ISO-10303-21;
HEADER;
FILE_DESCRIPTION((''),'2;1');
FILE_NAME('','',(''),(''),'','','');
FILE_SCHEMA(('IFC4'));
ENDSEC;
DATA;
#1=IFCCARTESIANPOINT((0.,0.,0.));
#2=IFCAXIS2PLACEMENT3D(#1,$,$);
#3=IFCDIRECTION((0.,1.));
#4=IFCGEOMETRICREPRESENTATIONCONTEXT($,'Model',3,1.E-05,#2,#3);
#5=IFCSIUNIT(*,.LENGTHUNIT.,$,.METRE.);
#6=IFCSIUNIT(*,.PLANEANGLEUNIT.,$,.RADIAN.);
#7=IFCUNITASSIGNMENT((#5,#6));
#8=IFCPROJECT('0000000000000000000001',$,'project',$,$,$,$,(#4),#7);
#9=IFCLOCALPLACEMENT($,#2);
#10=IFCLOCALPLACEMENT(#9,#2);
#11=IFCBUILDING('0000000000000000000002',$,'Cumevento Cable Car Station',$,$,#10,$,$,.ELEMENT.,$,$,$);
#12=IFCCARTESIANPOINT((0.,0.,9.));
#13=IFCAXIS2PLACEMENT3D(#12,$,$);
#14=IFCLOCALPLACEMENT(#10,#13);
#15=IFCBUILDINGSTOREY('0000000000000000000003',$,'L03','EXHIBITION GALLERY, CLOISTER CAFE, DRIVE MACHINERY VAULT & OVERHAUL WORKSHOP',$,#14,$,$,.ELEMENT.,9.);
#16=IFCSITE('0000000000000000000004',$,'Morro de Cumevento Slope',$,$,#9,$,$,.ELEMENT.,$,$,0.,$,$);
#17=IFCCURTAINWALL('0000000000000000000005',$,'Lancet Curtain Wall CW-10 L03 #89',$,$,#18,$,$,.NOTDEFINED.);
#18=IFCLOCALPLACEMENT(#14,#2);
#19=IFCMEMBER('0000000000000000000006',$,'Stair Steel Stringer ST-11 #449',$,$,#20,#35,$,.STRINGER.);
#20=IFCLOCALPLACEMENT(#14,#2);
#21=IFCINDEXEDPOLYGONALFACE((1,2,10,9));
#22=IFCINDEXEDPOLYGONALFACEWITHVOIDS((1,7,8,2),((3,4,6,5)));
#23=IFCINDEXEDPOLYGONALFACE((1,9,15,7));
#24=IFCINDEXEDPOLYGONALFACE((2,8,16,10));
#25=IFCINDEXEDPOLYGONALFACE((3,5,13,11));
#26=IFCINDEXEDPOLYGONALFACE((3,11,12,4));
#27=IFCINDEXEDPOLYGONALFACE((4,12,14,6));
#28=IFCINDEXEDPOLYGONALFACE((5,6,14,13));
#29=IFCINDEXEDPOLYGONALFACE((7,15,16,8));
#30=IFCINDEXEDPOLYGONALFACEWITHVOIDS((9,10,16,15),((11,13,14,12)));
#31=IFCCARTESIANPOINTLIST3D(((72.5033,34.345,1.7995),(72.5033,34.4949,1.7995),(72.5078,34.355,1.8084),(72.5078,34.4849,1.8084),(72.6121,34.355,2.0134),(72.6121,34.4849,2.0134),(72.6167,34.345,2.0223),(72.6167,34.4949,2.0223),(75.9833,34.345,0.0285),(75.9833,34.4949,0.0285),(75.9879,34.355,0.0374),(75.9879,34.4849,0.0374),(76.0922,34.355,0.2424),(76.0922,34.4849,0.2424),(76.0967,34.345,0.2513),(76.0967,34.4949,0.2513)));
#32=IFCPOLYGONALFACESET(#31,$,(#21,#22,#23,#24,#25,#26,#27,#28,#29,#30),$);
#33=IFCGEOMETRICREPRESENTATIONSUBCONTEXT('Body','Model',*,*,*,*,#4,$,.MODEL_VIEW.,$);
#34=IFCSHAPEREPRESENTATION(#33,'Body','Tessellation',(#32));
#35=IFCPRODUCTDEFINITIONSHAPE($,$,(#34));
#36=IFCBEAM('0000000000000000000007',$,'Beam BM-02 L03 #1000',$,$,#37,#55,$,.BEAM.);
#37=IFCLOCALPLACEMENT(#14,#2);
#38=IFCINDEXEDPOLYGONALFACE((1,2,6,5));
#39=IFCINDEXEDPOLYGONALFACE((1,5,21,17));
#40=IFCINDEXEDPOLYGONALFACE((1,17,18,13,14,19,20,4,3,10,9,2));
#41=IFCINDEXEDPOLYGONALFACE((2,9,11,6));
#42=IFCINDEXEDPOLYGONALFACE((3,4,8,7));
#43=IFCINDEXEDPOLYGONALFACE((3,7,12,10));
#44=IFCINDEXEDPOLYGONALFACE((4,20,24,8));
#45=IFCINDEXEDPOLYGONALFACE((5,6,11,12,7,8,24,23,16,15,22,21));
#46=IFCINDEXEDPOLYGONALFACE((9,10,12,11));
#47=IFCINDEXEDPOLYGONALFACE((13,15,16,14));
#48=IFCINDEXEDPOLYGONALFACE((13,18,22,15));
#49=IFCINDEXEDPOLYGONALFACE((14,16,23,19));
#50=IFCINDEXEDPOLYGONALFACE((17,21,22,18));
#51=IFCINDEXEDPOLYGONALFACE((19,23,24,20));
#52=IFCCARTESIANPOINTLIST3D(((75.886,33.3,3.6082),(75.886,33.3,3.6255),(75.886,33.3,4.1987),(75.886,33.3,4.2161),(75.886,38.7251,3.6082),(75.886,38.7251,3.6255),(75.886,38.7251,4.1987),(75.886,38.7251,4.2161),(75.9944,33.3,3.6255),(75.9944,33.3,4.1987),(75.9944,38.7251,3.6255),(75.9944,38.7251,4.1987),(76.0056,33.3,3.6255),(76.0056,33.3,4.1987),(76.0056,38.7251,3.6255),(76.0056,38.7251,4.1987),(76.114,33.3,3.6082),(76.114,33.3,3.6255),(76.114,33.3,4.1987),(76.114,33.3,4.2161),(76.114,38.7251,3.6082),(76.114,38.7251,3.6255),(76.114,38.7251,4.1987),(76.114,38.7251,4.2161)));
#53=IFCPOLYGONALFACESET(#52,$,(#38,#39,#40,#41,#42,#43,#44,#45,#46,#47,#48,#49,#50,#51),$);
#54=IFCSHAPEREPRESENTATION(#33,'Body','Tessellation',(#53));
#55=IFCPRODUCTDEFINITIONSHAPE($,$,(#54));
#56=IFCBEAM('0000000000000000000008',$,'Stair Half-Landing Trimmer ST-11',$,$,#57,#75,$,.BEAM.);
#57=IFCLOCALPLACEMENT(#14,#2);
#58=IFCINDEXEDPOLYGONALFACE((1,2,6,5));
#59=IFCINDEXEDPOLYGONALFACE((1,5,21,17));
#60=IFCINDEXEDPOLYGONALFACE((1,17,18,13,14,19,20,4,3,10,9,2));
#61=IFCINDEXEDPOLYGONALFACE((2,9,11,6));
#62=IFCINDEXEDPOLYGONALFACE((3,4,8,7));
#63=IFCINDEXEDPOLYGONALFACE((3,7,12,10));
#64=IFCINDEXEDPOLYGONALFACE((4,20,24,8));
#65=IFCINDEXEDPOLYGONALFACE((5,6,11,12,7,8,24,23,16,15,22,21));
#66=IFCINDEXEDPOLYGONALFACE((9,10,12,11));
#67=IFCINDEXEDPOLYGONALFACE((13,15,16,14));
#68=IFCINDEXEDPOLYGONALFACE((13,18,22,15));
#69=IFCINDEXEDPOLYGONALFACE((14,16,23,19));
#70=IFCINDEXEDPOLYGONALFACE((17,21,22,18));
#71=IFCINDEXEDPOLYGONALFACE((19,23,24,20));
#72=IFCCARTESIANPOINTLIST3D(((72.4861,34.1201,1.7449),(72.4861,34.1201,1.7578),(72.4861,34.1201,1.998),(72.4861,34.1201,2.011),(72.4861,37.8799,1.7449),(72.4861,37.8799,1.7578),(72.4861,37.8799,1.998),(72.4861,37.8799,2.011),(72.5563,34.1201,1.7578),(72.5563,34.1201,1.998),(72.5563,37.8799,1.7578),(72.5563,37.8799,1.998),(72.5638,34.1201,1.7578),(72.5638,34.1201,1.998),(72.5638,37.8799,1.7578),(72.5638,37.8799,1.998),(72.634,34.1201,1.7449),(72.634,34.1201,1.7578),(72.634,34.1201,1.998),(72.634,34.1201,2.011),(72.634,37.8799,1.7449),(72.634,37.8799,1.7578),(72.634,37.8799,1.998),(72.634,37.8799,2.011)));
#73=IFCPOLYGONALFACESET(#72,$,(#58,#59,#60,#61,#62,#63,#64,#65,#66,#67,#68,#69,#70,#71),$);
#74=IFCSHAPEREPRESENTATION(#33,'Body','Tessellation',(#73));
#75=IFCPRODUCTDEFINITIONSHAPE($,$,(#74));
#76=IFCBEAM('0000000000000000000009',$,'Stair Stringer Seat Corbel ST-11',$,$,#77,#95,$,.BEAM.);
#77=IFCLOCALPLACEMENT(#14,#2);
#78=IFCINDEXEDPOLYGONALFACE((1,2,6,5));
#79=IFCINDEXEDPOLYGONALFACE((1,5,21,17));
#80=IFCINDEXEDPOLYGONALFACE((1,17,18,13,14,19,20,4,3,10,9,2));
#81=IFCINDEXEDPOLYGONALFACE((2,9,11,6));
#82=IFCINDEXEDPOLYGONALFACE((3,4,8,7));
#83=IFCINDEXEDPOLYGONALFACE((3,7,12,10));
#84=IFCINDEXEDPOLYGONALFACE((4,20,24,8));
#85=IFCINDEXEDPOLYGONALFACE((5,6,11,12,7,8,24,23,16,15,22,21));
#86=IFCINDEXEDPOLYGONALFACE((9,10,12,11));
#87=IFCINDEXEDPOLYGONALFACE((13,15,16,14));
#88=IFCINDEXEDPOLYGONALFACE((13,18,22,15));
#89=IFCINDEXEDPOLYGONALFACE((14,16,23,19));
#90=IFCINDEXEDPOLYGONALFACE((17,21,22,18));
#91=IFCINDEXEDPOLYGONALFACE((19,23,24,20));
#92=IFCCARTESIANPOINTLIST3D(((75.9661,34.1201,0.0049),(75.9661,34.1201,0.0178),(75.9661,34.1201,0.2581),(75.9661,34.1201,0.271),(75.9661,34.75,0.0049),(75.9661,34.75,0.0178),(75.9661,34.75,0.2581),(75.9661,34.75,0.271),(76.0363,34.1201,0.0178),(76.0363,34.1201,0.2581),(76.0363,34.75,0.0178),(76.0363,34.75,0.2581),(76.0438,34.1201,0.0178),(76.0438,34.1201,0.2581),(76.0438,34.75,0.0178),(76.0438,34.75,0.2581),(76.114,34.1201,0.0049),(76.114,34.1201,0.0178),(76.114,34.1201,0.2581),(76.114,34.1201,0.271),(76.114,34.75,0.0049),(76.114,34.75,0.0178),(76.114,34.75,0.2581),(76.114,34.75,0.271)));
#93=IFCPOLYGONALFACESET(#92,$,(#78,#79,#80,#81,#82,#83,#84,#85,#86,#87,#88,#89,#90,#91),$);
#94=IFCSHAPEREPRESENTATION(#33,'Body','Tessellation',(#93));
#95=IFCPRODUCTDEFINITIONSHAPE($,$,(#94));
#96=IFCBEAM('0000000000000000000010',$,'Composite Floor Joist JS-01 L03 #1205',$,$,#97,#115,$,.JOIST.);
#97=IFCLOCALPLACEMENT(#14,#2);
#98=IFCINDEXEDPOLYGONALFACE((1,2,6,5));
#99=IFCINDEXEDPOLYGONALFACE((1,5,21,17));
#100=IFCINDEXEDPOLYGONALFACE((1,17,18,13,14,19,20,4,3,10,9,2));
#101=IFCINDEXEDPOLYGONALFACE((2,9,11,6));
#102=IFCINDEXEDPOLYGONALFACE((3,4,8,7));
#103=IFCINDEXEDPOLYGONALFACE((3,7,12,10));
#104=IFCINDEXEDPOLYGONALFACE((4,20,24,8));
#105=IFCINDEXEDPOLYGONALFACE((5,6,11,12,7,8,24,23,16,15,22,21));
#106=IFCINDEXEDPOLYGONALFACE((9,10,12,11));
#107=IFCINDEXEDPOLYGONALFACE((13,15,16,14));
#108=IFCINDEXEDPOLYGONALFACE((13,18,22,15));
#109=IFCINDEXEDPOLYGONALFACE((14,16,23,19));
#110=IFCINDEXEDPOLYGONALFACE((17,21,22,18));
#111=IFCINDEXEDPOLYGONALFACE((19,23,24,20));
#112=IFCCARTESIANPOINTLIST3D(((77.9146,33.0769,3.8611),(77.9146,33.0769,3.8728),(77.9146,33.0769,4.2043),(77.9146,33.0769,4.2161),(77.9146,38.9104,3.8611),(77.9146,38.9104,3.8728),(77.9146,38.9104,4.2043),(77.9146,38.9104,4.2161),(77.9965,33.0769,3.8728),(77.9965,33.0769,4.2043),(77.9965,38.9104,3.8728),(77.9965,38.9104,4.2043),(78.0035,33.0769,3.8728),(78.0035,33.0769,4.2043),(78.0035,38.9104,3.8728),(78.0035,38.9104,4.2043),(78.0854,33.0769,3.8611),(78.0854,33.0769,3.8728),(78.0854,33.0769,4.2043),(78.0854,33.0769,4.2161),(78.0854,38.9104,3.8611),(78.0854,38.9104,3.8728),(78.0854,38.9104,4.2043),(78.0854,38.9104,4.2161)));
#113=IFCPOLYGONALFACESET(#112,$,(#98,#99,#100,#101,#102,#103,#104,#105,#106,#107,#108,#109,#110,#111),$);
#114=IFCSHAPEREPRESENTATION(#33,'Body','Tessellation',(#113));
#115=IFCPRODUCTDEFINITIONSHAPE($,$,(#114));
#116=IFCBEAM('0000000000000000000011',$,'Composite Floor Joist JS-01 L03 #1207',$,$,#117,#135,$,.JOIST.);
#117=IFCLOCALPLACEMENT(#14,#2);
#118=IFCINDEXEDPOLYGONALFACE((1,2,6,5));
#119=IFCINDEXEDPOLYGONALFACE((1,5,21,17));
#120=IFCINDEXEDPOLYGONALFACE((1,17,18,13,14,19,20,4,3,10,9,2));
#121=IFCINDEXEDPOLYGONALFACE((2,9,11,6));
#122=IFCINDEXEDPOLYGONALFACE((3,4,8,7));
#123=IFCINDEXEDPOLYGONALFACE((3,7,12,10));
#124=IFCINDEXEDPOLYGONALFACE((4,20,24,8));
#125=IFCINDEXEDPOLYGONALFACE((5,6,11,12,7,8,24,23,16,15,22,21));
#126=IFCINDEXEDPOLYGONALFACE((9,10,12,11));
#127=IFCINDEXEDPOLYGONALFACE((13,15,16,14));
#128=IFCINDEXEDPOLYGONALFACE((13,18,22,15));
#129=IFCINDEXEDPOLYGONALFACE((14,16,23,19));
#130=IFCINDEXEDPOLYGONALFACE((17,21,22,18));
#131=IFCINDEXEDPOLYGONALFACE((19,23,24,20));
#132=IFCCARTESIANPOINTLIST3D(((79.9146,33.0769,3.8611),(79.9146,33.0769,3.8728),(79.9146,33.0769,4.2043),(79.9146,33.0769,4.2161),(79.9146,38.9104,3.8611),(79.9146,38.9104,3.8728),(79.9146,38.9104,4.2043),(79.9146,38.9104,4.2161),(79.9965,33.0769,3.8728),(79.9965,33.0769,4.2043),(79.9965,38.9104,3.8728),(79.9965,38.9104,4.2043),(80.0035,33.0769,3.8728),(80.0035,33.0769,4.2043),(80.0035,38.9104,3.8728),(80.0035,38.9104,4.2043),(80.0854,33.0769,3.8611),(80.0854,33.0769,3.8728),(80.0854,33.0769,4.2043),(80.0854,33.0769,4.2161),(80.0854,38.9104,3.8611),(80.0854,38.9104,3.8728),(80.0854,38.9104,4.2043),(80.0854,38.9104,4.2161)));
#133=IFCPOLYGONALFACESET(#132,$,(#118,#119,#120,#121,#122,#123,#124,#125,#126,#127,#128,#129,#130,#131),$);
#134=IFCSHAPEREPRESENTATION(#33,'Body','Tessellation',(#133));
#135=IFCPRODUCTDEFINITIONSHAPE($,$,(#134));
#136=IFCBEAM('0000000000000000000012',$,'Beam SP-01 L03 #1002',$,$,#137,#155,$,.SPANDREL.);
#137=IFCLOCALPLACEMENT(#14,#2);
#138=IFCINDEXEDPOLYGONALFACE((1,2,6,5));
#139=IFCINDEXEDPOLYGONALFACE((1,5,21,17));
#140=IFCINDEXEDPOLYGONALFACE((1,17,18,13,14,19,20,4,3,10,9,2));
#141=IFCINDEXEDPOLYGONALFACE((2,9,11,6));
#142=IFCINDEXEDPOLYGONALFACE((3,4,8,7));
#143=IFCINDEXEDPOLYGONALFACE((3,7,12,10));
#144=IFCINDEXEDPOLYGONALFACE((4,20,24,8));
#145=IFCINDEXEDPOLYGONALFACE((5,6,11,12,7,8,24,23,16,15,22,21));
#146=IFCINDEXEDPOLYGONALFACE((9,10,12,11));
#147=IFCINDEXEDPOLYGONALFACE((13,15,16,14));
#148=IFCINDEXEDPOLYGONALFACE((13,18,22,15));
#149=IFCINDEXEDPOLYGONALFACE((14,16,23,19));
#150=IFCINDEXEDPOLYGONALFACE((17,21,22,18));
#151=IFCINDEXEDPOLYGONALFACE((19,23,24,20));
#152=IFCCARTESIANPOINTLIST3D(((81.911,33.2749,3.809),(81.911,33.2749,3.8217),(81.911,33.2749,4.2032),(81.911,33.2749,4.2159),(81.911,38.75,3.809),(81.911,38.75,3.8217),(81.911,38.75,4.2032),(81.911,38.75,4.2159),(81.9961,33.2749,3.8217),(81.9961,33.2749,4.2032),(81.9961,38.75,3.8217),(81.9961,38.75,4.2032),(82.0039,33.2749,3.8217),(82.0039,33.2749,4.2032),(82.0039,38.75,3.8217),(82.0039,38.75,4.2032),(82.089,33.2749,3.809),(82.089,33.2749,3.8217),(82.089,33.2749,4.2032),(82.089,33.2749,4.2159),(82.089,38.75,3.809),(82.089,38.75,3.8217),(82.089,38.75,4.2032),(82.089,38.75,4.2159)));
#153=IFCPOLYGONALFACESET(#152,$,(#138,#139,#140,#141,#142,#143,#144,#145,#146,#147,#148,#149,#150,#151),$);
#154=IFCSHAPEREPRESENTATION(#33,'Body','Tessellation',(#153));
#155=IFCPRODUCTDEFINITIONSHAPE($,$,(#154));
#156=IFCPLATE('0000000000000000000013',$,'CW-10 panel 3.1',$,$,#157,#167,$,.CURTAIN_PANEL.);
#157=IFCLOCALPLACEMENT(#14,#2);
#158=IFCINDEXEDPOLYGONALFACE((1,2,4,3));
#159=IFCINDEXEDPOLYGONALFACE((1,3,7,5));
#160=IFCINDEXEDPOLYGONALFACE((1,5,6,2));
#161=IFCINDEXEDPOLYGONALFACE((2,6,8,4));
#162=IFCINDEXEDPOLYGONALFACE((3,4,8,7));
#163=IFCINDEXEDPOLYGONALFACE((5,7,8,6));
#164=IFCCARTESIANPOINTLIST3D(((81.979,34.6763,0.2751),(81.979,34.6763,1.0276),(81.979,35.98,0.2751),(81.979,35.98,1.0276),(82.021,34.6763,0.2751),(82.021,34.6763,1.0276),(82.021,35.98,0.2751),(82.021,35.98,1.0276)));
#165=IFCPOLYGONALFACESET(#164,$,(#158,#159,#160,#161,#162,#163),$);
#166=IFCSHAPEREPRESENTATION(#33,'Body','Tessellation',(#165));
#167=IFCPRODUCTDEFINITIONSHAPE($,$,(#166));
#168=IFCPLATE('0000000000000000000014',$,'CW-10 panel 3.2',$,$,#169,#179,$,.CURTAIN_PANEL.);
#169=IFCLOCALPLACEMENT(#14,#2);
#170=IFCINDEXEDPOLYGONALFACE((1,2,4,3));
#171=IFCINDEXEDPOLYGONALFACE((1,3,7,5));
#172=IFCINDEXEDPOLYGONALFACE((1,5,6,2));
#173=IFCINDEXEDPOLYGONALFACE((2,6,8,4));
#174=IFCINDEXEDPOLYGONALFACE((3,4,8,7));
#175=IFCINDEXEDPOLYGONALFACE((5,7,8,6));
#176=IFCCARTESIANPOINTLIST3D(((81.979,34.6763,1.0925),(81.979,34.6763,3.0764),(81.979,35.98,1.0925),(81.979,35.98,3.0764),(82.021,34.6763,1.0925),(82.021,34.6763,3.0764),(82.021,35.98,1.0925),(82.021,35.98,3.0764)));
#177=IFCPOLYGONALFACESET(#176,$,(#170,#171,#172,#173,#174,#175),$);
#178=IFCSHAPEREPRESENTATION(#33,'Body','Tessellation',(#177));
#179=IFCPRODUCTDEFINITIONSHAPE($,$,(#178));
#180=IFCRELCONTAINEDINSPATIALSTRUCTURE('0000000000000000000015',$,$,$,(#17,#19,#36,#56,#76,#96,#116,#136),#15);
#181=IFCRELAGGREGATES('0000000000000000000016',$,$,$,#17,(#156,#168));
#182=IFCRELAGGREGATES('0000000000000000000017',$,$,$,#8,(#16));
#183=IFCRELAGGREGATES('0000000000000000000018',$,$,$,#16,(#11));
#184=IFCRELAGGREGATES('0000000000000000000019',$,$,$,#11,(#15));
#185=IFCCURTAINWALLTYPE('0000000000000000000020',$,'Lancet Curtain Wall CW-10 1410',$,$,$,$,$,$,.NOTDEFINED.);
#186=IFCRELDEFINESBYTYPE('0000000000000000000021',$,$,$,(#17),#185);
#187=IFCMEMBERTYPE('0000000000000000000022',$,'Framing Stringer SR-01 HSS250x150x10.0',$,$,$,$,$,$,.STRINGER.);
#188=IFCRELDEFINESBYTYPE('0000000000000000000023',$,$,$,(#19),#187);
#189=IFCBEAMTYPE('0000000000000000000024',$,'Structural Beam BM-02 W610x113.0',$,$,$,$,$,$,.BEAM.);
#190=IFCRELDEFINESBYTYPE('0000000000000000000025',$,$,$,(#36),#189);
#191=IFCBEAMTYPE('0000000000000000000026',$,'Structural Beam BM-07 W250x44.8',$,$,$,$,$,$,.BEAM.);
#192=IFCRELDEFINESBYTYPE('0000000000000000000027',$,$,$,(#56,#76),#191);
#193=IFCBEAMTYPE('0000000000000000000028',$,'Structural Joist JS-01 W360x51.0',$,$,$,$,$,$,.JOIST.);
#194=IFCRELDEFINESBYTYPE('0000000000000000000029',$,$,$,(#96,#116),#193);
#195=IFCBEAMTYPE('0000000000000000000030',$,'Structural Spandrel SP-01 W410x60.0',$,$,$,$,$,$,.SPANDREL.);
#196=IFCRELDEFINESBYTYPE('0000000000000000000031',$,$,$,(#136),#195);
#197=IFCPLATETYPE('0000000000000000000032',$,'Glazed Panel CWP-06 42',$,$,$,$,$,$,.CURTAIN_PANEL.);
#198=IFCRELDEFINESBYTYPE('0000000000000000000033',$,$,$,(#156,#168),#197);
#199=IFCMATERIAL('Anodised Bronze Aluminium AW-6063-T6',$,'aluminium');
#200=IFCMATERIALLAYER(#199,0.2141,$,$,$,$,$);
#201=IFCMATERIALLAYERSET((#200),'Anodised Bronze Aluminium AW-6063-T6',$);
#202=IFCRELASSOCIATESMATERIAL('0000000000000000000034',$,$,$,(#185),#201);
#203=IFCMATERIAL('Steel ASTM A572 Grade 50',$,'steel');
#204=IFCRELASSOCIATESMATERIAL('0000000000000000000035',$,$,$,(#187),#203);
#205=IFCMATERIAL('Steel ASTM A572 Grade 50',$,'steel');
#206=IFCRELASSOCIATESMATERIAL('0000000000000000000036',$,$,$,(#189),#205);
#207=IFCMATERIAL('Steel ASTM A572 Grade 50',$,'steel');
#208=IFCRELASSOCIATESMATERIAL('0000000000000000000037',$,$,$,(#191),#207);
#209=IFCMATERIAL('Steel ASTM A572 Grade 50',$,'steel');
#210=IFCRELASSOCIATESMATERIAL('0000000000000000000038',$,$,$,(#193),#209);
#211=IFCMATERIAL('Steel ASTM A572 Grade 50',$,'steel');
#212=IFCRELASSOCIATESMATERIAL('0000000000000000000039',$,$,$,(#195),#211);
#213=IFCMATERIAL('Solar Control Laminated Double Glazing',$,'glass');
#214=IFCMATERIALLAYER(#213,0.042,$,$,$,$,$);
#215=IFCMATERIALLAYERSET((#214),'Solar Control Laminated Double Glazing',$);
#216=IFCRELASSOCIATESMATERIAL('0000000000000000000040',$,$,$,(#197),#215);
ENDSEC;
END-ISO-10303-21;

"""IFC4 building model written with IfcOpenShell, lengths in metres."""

from ifc_helpers import new_model, si_unit, direction, frame, origin, origin_2d, place, context, subcontext, project, spatial, rectangle, hollow_rectangle, i_section, extrude, material, layer, layer_set, material_profile, profile_set, type_object, element, aggregate, save


model = new_model("IFC4")

# Units and contexts
model_context = context("Model", 3, precision=1e-05, world=origin(), true_north=direction((0.0, 1.0)))
body_context = subcontext(model_context, "Body", "Model", "MODEL_VIEW")
ifc_project = project(units=[si_unit("LENGTHUNIT", "METRE"), si_unit("PLANEANGLEUNIT", "RADIAN")], contexts=[model_context])

# Site, building, storey
site_placement = place(None, origin())
site = spatial("IfcSite", under=ifc_project, at=site_placement, Name="Morro de Cumevento Slope", CompositionType="ELEMENT", RefElevation=0.0)
building_placement = place(site_placement, origin())
building = spatial("IfcBuilding", under=site, at=building_placement, Name="Cumevento Cable Car Station", CompositionType="ELEMENT")
storey_placement = place(building_placement, frame((0.0, 0.0, 9.0)))
storey = spatial("IfcBuildingStorey", under=building, at=storey_placement, Name="L03", Description="EXHIBITION GALLERY, CLOISTER CAFE, DRIVE MACHINERY VAULT & OVERHAUL WORKSHOP", CompositionType="ELEMENT", Elevation=9.0)

# Curtain wall
ifc_material_1 = material(Name="Anodised Bronze Aluminium AW-6063-T6", Category="aluminium")
ifc_layer_1 = layer(ifc_material_1, 0.2141)
ifc_layer_set_1 = layer_set([ifc_layer_1], Name="Anodised Bronze Aluminium AW-6063-T6")
curtain_wall_type = type_object("IfcCurtainWallType", Name="Lancet Curtain Wall CW-10 1410", PredefinedType="NOTDEFINED", material=ifc_layer_set_1)
curtain_wall_placement = place(storey_placement, origin())
curtain_wall = element("IfcCurtainWall", 1, at=curtain_wall_placement, inside=storey, type_object=curtain_wall_type, Name="Lancet Curtain Wall CW-10 L03 #89", PredefinedType="NOTDEFINED")

# Member
ifc_material_2 = material(Name="Steel ASTM A572 Grade 50", Category="steel")
ifc_material_profile_1 = material_profile(ifc_material_2, hollow_rectangle(XDim=0.1499, YDim=0.25, WallThickness=0.01, at=origin_2d()), Name="HSS250x150x10.0")
ifc_profile_set_1 = profile_set([ifc_material_profile_1], Name="Steel ASTM A572 Grade 50")
member_type_1 = type_object("IfcMemberType", Name="Framing Stringer SR-01 HSS250x150x10.0", PredefinedType="STRINGER", material=ifc_profile_set_1)
member_1_placement = place(storey_placement, frame((76.04, 34.4199, 0.1399), z_axis=(-0.891228, 0.0, 0.453555), x_axis=(0.0, -1.0, 0.0)))
element("IfcMember", 2, at=member_1_placement, inside=storey, type_object=member_type_1, Name="Stair Steel Stringer ST-11 #449", PredefinedType="STRINGER", context=body_context, shape_type="SweptSolid", body=[
    extrude(hollow_rectangle(XDim=0.1499, YDim=0.25, WallThickness=0.01, at=origin_2d()), origin(), (0.0, 0.0, 1.0), 3.9048),
])

# Beams
ifc_material_3 = material(Name="Steel ASTM A572 Grade 50", Category="steel")
ifc_material_profile_2 = material_profile(ifc_material_3, i_section(OverallWidth=0.228, OverallDepth=0.6079, WebThickness=0.0112, FlangeThickness=0.0173, at=origin_2d()), Name="W610x113.0")
ifc_profile_set_2 = profile_set([ifc_material_profile_2], Name="Steel ASTM A572 Grade 50")
beam_type_1 = type_object("IfcBeamType", Name="Structural Beam BM-02 W610x113.0", PredefinedType="BEAM", material=ifc_profile_set_2)
beam_1_placement = place(storey_placement, frame((76.0, 33.3, 3.9121), z_axis=(0.0, 1.0, 0.0), x_axis=(-1.0, 0.0, 0.0)))
element("IfcBeam", 3, at=beam_1_placement, inside=storey, type_object=beam_type_1, Name="Beam BM-02 L03 #1000", PredefinedType="BEAM", context=body_context, shape_type="SweptSolid", body=[
    extrude(i_section(OverallWidth=0.228, OverallDepth=0.6079, WebThickness=0.0112, FlangeThickness=0.0173, at=origin_2d()), origin(), (0.0, 0.0, 1.0), 5.425),
])
ifc_material_4 = material(Name="Steel ASTM A572 Grade 50", Category="steel")
ifc_material_profile_3 = material_profile(ifc_material_4, i_section(OverallWidth=0.1479, OverallDepth=0.2661, WebThickness=0.0076, FlangeThickness=0.0129, at=origin_2d()), Name="W250x44.8")
ifc_profile_set_3 = profile_set([ifc_material_profile_3], Name="Steel ASTM A572 Grade 50")
beam_type_2 = type_object("IfcBeamType", Name="Structural Beam BM-07 W250x44.8", PredefinedType="BEAM", material=ifc_profile_set_3)
beam_2_placement = place(storey_placement, frame((72.5601, 34.1201, 1.8779), z_axis=(0.0, 1.0, 0.0), x_axis=(-1.0, 0.0, 0.0)))
element("IfcBeam", 4, at=beam_2_placement, inside=storey, type_object=beam_type_2, Name="Stair Half-Landing Trimmer ST-11", PredefinedType="BEAM", context=body_context, shape_type="SweptSolid", body=[
    extrude(i_section(OverallWidth=0.1479, OverallDepth=0.2661, WebThickness=0.0076, FlangeThickness=0.0129, at=origin_2d()), origin(), (0.0, 0.0, 1.0), 3.7598),
])
beam_3_placement = place(storey_placement, frame((76.04, 34.1201, 0.1379), z_axis=(0.0, 1.0, 0.0), x_axis=(-1.0, 0.0, 0.0)))
element("IfcBeam", 5, at=beam_3_placement, inside=storey, type_object=beam_type_2, Name="Stair Stringer Seat Corbel ST-11", PredefinedType="BEAM", context=body_context, shape_type="SweptSolid", body=[
    extrude(i_section(OverallWidth=0.1479, OverallDepth=0.2661, WebThickness=0.0076, FlangeThickness=0.0129, at=origin_2d()), origin(), (0.0, 0.0, 1.0), 0.6299),
])
ifc_material_5 = material(Name="Steel ASTM A572 Grade 50", Category="steel")
ifc_material_profile_4 = material_profile(ifc_material_5, i_section(OverallWidth=0.1709, OverallDepth=0.355, WebThickness=0.0071, FlangeThickness=0.0117, at=origin_2d()), Name="W360x51.0")
ifc_profile_set_4 = profile_set([ifc_material_profile_4], Name="Steel ASTM A572 Grade 50")
beam_type_3 = type_object("IfcBeamType", Name="Structural Joist JS-01 W360x51.0", PredefinedType="JOIST", material=ifc_profile_set_4)
for number, where, z_axis, x_axis, name in (
    (6, (78.0, 33.0769, 4.0386), (0.0, 1.0, 0.0), (-1.0, 0.0, 0.0), "Composite Floor Joist JS-01 L03 #1205"),
    (7, (80.0, 33.0769, 4.0386), (0.0, 1.0, 0.0), (-1.0, 0.0, 0.0), "Composite Floor Joist JS-01 L03 #1207"),
):
    element("IfcBeam", number, at=place(storey_placement, frame(where, z_axis=z_axis, x_axis=x_axis)), inside=storey, type_object=beam_type_3, Name=name, PredefinedType="JOIST", context=body_context, shape_type="SweptSolid", body=[
        extrude(i_section(OverallWidth=0.1709, OverallDepth=0.355, WebThickness=0.0071, FlangeThickness=0.0117, at=origin_2d()), origin(), (0.0, 0.0, 1.0), 5.8335),
    ])
ifc_material_6 = material(Name="Steel ASTM A572 Grade 50", Category="steel")
ifc_material_profile_5 = material_profile(ifc_material_6, i_section(OverallWidth=0.178, OverallDepth=0.407, WebThickness=0.0078, FlangeThickness=0.0127, at=origin_2d()), Name="W410x60.0")
ifc_profile_set_5 = profile_set([ifc_material_profile_5], Name="Steel ASTM A572 Grade 50")
beam_type_4 = type_object("IfcBeamType", Name="Structural Spandrel SP-01 W410x60.0", PredefinedType="SPANDREL", material=ifc_profile_set_5)
beam_4_placement = place(storey_placement, frame((82.0, 33.2749, 4.0125), z_axis=(0.0, 1.0, 0.0), x_axis=(-1.0, 0.0, 0.0)))
element("IfcBeam", 8, at=beam_4_placement, inside=storey, type_object=beam_type_4, Name="Beam SP-01 L03 #1002", PredefinedType="SPANDREL", context=body_context, shape_type="SweptSolid", body=[
    extrude(i_section(OverallWidth=0.178, OverallDepth=0.407, WebThickness=0.0078, FlangeThickness=0.0127, at=origin_2d()), origin(), (0.0, 0.0, 1.0), 5.4751),
])

# Plates
ifc_material_7 = material(Name="Solar Control Laminated Double Glazing", Category="glass")
ifc_layer_2 = layer(ifc_material_7, 0.042)
ifc_layer_set_2 = layer_set([ifc_layer_2], Name="Solar Control Laminated Double Glazing")
plate_type = type_object("IfcPlateType", Name="Glazed Panel CWP-06 42", PredefinedType="CURTAIN_PANEL", material=ifc_layer_set_2)
plate_1_placement = place(storey_placement, frame((82.0, 35.3281, 0.2751), z_axis=(0.0, 0.0, 1.0), x_axis=(0.0, -1.0, 0.0)))
plate_1 = element("IfcPlate", 9, at=plate_1_placement, type_object=plate_type, Name="CW-10 panel 3.1", PredefinedType="CURTAIN_PANEL", context=body_context, shape_type="SweptSolid", body=[
    extrude(rectangle(XDim=1.3037, YDim=0.042, at=origin_2d()), origin(), (0.0, 0.0, 1.0), 0.7524),
])
plate_2_placement = place(storey_placement, frame((82.0, 35.3281, 1.0925), z_axis=(0.0, 0.0, 1.0), x_axis=(0.0, -1.0, 0.0)))
plate_2 = element("IfcPlate", 10, at=plate_2_placement, type_object=plate_type, Name="CW-10 panel 3.2", PredefinedType="CURTAIN_PANEL", context=body_context, shape_type="SweptSolid", body=[
    extrude(rectangle(XDim=1.3037, YDim=0.042, at=origin_2d()), origin(), (0.0, 0.0, 1.0), 1.9839),
])
aggregate(curtain_wall, [plate_1, plate_2])

save(model, "model.ifc")
